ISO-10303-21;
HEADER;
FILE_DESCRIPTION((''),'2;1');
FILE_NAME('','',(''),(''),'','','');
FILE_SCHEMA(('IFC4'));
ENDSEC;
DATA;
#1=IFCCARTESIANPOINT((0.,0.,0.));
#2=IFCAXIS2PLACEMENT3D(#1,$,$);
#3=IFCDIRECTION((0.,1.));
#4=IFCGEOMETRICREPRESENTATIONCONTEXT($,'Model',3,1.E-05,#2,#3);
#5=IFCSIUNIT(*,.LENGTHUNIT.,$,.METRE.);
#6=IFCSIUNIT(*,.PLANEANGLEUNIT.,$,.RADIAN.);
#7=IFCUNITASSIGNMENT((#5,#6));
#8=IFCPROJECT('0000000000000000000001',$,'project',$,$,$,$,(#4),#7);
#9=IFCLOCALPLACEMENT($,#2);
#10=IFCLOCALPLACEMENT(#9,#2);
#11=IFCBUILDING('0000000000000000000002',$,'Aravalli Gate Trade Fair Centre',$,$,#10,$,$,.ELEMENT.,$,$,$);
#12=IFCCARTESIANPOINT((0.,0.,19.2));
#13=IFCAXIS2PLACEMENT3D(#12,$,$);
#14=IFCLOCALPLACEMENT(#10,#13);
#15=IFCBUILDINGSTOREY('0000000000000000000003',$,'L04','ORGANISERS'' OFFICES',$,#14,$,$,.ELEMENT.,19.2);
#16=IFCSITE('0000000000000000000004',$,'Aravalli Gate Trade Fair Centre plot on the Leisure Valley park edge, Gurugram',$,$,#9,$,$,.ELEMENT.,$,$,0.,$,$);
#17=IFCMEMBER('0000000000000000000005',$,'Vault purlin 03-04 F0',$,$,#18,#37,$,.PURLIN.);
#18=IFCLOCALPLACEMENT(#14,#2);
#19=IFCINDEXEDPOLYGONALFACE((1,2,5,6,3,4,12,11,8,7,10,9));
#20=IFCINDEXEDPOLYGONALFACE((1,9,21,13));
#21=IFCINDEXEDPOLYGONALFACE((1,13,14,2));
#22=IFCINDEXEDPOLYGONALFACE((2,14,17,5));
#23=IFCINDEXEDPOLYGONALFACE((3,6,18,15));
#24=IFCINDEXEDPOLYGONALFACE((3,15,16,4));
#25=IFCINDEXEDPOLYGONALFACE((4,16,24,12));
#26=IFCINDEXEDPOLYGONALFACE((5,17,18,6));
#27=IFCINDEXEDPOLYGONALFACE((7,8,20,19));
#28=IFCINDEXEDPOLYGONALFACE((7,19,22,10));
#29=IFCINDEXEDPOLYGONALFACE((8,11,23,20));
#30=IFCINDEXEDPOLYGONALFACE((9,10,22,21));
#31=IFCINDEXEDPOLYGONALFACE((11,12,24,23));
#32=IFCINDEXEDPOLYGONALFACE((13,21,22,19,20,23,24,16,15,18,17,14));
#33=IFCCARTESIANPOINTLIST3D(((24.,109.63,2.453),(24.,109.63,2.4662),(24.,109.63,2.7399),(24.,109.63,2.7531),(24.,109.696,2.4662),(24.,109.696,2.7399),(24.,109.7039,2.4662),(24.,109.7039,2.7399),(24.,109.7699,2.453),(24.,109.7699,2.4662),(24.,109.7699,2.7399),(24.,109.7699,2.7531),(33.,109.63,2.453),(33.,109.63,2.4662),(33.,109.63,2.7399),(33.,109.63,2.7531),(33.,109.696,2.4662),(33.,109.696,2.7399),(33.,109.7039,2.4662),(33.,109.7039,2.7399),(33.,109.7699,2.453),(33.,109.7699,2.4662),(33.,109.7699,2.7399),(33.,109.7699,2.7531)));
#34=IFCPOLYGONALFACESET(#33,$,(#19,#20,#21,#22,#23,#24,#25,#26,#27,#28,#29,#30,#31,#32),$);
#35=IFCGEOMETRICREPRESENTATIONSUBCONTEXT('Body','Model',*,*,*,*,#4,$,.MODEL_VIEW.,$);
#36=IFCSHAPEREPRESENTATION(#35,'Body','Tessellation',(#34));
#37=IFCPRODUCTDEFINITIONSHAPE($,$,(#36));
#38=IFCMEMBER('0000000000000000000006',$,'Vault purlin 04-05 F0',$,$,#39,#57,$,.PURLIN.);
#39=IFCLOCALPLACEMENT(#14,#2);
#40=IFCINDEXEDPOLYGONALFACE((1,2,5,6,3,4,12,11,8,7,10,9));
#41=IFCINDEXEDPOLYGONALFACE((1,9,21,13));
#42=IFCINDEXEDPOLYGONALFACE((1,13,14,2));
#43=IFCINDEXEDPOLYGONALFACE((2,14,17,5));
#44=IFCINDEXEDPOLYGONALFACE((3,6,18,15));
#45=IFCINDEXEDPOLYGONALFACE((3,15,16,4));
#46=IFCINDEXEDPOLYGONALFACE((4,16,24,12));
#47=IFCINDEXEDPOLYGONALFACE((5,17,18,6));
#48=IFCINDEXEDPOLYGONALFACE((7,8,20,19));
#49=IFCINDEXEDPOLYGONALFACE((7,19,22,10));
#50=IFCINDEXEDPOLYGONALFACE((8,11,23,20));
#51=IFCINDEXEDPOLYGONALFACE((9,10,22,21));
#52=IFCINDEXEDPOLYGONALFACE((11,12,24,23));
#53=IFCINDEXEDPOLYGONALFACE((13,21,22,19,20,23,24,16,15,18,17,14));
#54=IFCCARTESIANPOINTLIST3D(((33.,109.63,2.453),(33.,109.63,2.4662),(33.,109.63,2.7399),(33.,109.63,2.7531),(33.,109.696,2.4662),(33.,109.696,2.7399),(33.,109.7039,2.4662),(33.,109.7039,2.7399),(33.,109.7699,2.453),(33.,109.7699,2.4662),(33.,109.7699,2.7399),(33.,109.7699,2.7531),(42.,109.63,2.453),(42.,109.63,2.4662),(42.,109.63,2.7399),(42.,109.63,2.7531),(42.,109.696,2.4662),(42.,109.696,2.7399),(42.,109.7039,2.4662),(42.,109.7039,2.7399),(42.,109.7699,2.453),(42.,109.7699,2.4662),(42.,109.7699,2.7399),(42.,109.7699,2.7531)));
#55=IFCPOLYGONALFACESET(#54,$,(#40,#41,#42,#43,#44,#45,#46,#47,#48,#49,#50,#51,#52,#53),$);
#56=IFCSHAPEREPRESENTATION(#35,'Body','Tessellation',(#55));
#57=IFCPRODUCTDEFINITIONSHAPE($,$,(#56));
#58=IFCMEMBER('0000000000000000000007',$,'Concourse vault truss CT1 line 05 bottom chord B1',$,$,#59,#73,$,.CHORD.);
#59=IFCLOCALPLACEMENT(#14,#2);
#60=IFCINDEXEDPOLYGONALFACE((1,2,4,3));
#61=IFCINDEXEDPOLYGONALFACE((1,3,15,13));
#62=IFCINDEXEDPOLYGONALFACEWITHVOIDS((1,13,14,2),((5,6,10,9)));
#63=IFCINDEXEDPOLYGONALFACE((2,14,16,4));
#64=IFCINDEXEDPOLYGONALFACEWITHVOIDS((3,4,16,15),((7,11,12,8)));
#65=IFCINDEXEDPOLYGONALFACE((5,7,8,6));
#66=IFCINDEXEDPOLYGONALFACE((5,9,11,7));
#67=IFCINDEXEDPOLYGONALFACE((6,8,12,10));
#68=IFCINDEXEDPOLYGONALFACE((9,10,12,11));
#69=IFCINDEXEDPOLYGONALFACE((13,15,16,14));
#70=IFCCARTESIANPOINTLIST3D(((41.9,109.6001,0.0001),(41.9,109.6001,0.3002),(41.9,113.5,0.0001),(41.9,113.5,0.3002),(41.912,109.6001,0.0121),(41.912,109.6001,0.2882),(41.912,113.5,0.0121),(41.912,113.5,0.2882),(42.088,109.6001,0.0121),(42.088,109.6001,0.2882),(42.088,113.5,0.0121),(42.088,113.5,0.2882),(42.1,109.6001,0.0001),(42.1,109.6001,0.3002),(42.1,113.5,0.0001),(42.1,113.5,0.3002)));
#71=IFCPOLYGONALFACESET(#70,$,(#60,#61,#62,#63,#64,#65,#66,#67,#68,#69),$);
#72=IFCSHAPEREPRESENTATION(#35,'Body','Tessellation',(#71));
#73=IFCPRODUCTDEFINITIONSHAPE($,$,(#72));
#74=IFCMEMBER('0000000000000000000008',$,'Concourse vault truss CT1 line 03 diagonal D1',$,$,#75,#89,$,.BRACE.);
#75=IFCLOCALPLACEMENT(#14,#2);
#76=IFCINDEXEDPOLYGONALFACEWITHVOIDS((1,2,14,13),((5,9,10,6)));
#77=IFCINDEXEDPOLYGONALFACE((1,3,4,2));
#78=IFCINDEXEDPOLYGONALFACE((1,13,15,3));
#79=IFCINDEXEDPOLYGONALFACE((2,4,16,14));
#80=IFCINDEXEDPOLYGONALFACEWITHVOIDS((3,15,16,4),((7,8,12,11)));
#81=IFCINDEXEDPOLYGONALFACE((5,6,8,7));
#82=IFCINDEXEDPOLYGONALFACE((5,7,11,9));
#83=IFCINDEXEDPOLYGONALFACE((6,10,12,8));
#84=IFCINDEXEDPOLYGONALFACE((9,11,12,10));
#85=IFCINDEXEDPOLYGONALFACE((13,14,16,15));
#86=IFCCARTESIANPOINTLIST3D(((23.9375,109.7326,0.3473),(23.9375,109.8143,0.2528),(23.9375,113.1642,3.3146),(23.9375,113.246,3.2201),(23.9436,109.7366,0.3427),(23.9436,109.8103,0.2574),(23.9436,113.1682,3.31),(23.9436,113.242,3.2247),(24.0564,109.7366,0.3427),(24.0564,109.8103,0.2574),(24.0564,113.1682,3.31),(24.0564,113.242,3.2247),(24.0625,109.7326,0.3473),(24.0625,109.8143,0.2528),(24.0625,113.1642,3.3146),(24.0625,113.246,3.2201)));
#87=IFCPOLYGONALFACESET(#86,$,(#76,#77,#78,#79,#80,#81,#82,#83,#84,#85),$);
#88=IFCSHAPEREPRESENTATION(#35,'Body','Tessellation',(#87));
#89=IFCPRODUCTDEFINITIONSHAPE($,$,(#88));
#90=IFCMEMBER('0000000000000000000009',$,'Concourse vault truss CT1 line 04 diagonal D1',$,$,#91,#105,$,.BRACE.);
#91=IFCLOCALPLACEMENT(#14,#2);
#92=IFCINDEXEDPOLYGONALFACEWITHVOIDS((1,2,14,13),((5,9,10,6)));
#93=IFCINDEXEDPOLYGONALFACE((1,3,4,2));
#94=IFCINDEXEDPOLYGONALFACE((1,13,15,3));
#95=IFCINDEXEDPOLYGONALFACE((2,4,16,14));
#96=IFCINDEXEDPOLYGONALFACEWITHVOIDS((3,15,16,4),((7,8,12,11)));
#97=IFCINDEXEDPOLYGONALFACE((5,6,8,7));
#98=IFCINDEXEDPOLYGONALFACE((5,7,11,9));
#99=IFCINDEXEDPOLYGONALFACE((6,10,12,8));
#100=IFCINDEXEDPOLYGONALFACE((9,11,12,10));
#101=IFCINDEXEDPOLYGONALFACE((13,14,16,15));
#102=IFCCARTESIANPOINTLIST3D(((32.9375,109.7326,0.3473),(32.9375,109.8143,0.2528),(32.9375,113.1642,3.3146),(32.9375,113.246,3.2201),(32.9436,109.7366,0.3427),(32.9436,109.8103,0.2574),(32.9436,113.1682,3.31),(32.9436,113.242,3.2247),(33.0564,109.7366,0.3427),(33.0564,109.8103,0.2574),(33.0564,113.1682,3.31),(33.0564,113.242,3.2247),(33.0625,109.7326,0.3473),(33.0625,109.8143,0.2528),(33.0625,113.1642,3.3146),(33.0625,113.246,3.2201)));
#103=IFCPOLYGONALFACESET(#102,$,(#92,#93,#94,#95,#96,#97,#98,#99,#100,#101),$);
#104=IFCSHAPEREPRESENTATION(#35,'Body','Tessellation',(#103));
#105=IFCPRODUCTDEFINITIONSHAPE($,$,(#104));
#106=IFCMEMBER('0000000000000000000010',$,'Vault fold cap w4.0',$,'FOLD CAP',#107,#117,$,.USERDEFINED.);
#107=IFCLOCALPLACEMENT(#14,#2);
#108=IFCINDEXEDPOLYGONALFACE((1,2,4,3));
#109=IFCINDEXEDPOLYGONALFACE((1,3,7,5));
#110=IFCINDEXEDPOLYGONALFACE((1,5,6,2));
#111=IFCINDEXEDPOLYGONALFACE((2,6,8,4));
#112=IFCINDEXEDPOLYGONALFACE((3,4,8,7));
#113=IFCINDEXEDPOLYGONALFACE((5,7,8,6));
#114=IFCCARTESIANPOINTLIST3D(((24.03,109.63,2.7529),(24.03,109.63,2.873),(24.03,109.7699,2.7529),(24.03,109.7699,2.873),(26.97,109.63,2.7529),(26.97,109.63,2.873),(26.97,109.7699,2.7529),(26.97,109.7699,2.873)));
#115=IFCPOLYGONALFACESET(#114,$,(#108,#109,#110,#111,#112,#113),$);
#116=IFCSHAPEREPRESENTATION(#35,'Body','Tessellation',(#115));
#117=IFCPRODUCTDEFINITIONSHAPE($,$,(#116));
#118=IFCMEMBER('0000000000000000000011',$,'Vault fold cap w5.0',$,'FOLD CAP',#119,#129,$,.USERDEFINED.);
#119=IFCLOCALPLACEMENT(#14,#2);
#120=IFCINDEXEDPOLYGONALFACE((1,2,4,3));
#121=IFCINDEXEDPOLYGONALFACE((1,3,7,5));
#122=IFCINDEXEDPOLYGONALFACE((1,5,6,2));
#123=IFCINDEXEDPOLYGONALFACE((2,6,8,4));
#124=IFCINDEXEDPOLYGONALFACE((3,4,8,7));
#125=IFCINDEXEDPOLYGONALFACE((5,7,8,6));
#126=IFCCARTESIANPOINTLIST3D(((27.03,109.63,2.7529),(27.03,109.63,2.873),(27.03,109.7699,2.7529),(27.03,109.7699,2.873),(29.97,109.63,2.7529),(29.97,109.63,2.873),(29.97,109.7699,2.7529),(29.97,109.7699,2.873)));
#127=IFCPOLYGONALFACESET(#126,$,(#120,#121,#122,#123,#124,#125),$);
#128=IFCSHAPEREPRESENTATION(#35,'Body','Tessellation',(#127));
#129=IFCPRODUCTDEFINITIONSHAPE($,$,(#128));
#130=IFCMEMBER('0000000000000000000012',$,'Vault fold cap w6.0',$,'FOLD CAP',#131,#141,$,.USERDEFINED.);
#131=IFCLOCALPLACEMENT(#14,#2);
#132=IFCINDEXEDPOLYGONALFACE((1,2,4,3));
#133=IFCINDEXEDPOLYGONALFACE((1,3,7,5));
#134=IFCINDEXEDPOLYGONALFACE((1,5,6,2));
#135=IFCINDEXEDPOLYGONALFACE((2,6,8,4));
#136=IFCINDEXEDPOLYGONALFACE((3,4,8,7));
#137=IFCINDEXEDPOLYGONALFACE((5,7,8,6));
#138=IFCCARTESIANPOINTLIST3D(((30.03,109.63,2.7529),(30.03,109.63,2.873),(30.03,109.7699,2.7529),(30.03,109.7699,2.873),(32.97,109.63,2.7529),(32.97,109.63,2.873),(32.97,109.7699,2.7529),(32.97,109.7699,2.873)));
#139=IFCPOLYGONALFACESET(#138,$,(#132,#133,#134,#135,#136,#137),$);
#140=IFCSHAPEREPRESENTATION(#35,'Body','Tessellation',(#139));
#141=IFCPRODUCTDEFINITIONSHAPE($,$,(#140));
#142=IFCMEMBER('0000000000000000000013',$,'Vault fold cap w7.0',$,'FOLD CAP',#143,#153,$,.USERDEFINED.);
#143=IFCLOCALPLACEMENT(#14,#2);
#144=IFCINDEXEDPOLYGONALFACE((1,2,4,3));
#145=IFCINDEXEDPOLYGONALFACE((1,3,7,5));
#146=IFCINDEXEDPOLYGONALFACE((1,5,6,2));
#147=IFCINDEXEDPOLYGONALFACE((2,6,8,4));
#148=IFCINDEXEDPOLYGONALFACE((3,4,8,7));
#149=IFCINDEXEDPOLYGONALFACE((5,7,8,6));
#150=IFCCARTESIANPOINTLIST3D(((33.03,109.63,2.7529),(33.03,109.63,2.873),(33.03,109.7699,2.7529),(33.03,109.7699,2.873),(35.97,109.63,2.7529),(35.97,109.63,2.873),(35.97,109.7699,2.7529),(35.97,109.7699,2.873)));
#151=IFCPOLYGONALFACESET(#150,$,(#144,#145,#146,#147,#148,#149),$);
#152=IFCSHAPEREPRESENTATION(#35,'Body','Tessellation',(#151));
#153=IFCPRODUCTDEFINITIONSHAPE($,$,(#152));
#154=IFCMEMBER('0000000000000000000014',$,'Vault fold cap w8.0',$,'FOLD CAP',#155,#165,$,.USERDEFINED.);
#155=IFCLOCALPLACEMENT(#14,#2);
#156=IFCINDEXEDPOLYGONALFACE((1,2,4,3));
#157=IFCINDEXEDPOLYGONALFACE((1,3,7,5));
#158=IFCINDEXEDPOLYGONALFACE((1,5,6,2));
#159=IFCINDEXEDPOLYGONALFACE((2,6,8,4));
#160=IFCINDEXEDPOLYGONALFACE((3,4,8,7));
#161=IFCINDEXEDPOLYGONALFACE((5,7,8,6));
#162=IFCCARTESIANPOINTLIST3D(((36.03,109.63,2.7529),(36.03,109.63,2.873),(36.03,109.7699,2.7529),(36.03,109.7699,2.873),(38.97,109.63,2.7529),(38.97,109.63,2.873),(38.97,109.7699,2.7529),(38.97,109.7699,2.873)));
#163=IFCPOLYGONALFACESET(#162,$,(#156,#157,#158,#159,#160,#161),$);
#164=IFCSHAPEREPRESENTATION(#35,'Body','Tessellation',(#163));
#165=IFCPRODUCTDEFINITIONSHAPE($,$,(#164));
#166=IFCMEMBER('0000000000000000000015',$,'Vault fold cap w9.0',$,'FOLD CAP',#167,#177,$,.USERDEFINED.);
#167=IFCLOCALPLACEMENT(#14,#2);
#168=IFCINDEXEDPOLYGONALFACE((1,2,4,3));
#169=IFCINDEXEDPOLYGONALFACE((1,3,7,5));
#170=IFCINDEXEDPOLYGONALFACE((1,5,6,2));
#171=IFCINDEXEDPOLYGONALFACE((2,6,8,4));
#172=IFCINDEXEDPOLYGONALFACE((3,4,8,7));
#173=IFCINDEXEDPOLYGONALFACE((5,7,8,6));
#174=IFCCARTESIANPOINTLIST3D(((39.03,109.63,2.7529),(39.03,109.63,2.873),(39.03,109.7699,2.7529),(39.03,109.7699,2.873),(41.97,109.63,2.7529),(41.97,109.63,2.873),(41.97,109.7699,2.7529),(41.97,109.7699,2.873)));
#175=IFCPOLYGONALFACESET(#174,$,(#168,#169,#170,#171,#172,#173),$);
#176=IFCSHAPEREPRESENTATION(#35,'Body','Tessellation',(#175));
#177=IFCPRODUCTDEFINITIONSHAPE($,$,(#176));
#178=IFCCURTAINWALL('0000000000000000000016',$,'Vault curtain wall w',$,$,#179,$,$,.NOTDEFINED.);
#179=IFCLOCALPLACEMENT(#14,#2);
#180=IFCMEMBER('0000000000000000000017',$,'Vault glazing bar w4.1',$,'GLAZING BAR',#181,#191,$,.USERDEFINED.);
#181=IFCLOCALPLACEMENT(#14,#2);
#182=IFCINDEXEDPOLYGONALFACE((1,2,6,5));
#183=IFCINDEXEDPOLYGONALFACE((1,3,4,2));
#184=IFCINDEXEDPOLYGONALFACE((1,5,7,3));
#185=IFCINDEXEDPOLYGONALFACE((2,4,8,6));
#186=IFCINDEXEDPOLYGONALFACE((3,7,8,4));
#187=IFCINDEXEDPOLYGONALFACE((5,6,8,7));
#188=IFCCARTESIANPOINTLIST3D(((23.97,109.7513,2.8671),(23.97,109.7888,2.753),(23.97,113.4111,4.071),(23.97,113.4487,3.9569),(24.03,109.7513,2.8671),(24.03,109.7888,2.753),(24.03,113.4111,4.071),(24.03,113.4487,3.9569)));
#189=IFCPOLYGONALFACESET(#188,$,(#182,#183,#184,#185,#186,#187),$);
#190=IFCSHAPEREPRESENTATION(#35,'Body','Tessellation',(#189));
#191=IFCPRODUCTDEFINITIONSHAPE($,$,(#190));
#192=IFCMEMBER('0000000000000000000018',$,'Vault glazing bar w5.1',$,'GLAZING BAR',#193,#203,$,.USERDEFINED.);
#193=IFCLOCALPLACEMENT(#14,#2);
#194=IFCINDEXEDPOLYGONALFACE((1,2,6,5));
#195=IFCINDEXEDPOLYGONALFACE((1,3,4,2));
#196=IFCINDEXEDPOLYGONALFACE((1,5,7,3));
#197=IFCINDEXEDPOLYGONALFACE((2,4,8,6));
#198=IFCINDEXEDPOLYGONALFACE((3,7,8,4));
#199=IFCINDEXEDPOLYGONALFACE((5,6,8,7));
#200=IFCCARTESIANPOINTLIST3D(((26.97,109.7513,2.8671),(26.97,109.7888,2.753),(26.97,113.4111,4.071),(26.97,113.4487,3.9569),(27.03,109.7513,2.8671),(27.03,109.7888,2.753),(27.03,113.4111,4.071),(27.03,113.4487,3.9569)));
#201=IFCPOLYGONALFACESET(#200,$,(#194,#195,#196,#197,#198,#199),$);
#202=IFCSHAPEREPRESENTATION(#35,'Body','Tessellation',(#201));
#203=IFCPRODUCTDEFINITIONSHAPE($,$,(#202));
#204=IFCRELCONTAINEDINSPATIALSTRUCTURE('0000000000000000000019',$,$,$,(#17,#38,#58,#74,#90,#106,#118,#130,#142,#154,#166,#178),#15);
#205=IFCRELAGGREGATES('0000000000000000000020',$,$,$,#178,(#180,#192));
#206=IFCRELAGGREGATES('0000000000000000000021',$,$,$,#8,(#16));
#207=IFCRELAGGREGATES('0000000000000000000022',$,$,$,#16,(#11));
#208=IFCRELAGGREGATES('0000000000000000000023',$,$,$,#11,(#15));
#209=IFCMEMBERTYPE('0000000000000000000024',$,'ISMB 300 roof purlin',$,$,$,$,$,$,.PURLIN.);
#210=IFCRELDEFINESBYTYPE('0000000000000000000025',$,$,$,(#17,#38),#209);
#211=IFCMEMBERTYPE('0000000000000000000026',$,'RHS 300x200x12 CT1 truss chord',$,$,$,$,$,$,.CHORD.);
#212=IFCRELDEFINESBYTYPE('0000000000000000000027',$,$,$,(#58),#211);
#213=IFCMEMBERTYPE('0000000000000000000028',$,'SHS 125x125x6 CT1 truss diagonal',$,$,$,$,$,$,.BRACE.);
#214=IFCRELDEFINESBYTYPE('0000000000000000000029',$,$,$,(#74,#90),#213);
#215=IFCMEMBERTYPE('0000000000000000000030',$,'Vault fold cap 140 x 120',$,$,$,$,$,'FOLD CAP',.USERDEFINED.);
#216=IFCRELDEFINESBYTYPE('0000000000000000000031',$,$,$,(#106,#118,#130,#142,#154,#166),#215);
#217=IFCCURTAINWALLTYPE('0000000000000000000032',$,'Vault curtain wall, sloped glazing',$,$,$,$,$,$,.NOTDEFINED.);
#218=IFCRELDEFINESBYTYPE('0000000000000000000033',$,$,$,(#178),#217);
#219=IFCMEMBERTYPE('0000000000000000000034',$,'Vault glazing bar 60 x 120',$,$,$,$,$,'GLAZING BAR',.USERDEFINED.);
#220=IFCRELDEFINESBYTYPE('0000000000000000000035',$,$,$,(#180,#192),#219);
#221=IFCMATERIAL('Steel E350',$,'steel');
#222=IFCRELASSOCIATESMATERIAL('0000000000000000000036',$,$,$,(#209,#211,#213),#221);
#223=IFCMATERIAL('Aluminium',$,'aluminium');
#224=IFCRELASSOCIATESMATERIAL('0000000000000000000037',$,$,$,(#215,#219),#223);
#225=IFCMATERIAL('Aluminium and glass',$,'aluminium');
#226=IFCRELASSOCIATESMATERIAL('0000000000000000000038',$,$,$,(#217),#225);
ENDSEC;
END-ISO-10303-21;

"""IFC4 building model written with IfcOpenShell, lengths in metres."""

from ifc_helpers import new_model, si_unit, direction, frame, origin, origin_2d, place, context, subcontext, project, spatial, rectangle, hollow_rectangle, i_section, extrude, material, material_profile, profile_set, type_object, element, aggregate, save


model = new_model("IFC4")

# Units and contexts
model_context = context("Model", 3, precision=1e-05, world=origin(), true_north=direction((0.0, 1.0)))
body_context = subcontext(model_context, "Body", "Model", "MODEL_VIEW")
ifc_project = project(units=[si_unit("LENGTHUNIT", "METRE"), si_unit("PLANEANGLEUNIT", "RADIAN")], contexts=[model_context])

# Site, building, storey
site_placement = place(None, origin())
site = spatial("IfcSite", under=ifc_project, at=site_placement, Name="Aravalli Gate Trade Fair Centre plot on the Leisure Valley park edge, Gurugram", CompositionType="ELEMENT", RefElevation=0.0)
building_placement = place(site_placement, origin())
building = spatial("IfcBuilding", under=site, at=building_placement, Name="Aravalli Gate Trade Fair Centre", CompositionType="ELEMENT")
storey_placement = place(building_placement, frame((0.0, 0.0, 19.2)))
storey = spatial("IfcBuildingStorey", under=building, at=storey_placement, Name="L04", Description="ORGANISERS' OFFICES", CompositionType="ELEMENT", Elevation=19.2)

# Members
ifc_material_1 = material(Name="Steel E350", Category="steel")
ifc_material_profile_1 = material_profile(ifc_material_1, i_section(OverallWidth=0.1399, OverallDepth=0.3, WebThickness=0.0078, FlangeThickness=0.0132, at=origin_2d()), Name="ISMB 300")
ifc_profile_set_1 = profile_set([ifc_material_profile_1], Name="Steel E350")
member_type_1 = type_object("IfcMemberType", Name="ISMB 300 roof purlin", PredefinedType="PURLIN", material=ifc_profile_set_1)
for number, where, z_axis, x_axis, name in (
    (1, (24.0, 109.7, 2.603), (1.0, 0.0, 0.0), (0.0, 1.0, 0.0), "Vault purlin 03-04 F0"),
    (2, (33.0, 109.7, 2.603), (1.0, 0.0, 0.0), (0.0, 1.0, 0.0), "Vault purlin 04-05 F0"),
):
    element("IfcMember", number, at=place(storey_placement, frame(where, z_axis=z_axis, x_axis=x_axis)), inside=storey, type_object=member_type_1, Name=name, PredefinedType="PURLIN", context=body_context, shape_type="SweptSolid", body=[
        extrude(i_section(OverallWidth=0.1399, OverallDepth=0.3, WebThickness=0.0078, FlangeThickness=0.0132, at=origin_2d()), origin(), (0.0, 0.0, 1.0), 9.0),
    ])
ifc_material_profile_2 = material_profile(ifc_material_1, hollow_rectangle(XDim=0.2, YDim=0.3, WallThickness=0.012, at=origin_2d()), Name="RHS 300x200x12")
ifc_profile_set_2 = profile_set([ifc_material_profile_2], Name="Steel E350")
member_type_2 = type_object("IfcMemberType", Name="RHS 300x200x12 CT1 truss chord", PredefinedType="CHORD", material=ifc_profile_set_2)
member_1_placement = place(storey_placement, frame((42.0, 109.6001, 0.1501), z_axis=(0.0, 1.0, 0.0), x_axis=(-1.0, 0.0, 0.0)))
element("IfcMember", 3, at=member_1_placement, inside=storey, type_object=member_type_2, Name="Concourse vault truss CT1 line 05 bottom chord B1", PredefinedType="CHORD", context=body_context, shape_type="SweptSolid", body=[
    extrude(hollow_rectangle(XDim=0.2, YDim=0.3, WallThickness=0.012, at=origin_2d()), origin(), (0.0, 0.0, 1.0), 3.8999),
])
ifc_material_profile_3 = material_profile(ifc_material_1, hollow_rectangle(XDim=0.125, YDim=0.125, WallThickness=0.0061, at=origin_2d()), Name="SHS 125x125x6")
ifc_profile_set_3 = profile_set([ifc_material_profile_3], Name="Steel E350")
member_type_3 = type_object("IfcMemberType", Name="SHS 125x125x6 CT1 truss diagonal", PredefinedType="BRACE", material=ifc_profile_set_3)
for number, where, z_axis, x_axis, name in (
    (4, (24.0, 109.7734, 0.3), (0.0, 0.756431, 0.654074), (-1.0, 0.0, 0.0), "Concourse vault truss CT1 line 03 diagonal D1"),
    (5, (33.0, 109.7734, 0.3), (0.0, 0.756431, 0.654074), (-1.0, 0.0, 0.0), "Concourse vault truss CT1 line 04 diagonal D1"),
):
    element("IfcMember", number, at=place(storey_placement, frame(where, z_axis=z_axis, x_axis=x_axis)), inside=storey, type_object=member_type_3, Name=name, PredefinedType="BRACE", context=body_context, shape_type="SweptSolid", body=[
        extrude(hollow_rectangle(XDim=0.125, YDim=0.125, WallThickness=0.0061, at=origin_2d()), origin(), (0.0, 0.0, 1.0), 4.5366),
    ])
ifc_material_2 = material(Name="Aluminium", Category="aluminium")
ifc_material_profile_4 = material_profile(ifc_material_2, rectangle(XDim=0.1399, YDim=0.1201, at=origin_2d()), Name="Vault fold cap 140 x 120")
ifc_profile_set_4 = profile_set([ifc_material_profile_4], Name="Aluminium")
member_type_4 = type_object("IfcMemberType", Name="Vault fold cap 140 x 120", ElementType="FOLD CAP", PredefinedType="USERDEFINED", material=ifc_profile_set_4)
for number, where, z_axis, x_axis, name in (
    (6, (24.03, 109.7, 2.813), (1.0, 0.0, 0.0), (0.0, 1.0, 0.0), "Vault fold cap w4.0"),
    (7, (27.03, 109.7, 2.813), (1.0, 0.0, 0.0), (0.0, 1.0, 0.0), "Vault fold cap w5.0"),
    (8, (30.03, 109.7, 2.813), (1.0, 0.0, 0.0), (0.0, 1.0, 0.0), "Vault fold cap w6.0"),
    (9, (33.03, 109.7, 2.813), (1.0, 0.0, 0.0), (0.0, 1.0, 0.0), "Vault fold cap w7.0"),
    (10, (36.03, 109.7, 2.813), (1.0, 0.0, 0.0), (0.0, 1.0, 0.0), "Vault fold cap w8.0"),
    (11, (39.03, 109.7, 2.813), (1.0, 0.0, 0.0), (0.0, 1.0, 0.0), "Vault fold cap w9.0"),
):
    element("IfcMember", number, at=place(storey_placement, frame(where, z_axis=z_axis, x_axis=x_axis)), inside=storey, type_object=member_type_4, Name=name, ObjectType="FOLD CAP", PredefinedType="USERDEFINED", context=body_context, shape_type="SweptSolid", body=[
        extrude(rectangle(XDim=0.1399, YDim=0.1201, at=origin_2d()), origin(), (0.0, 0.0, 1.0), 2.9399),
    ])

# Curtain wall, members
ifc_material_3 = material(Name="Aluminium and glass", Category="aluminium")
curtain_wall_type = type_object("IfcCurtainWallType", Name="Vault curtain wall, sloped glazing", PredefinedType="NOTDEFINED", material=ifc_material_3)
curtain_wall_placement = place(storey_placement, origin())
curtain_wall = element("IfcCurtainWall", 12, at=curtain_wall_placement, inside=storey, type_object=curtain_wall_type, Name="Vault curtain wall w", PredefinedType="NOTDEFINED")
ifc_material_profile_5 = material_profile(ifc_material_2, rectangle(XDim=0.0601, YDim=0.1201, at=origin_2d()), Name="Vault glazing bar 60 x 120")
ifc_profile_set_5 = profile_set([ifc_material_profile_5], Name="Aluminium")
member_type_5 = type_object("IfcMemberType", Name="Vault glazing bar 60 x 120", ElementType="GLAZING BAR", PredefinedType="USERDEFINED", material=ifc_profile_set_5)
member_2_placement = place(storey_placement, frame((24.0, 109.77, 2.8101), z_axis=(0.0, 0.94993, 0.312461), x_axis=(-1.0, 0.0, 0.0)))
member_2 = element("IfcMember", 13, at=member_2_placement, type_object=member_type_5, Name="Vault glazing bar w4.1", ObjectType="GLAZING BAR", PredefinedType="USERDEFINED", context=body_context, shape_type="SweptSolid", body=[
    extrude(rectangle(XDim=0.0601, YDim=0.1201, at=origin_2d()), origin(), (0.0, 0.0, 1.0), 3.8528),
])
member_3_placement = place(storey_placement, frame((27.0, 109.77, 2.8101), z_axis=(0.0, 0.94993, 0.312461), x_axis=(-1.0, 0.0, 0.0)))
member_3 = element("IfcMember", 14, at=member_3_placement, type_object=member_type_5, Name="Vault glazing bar w5.1", ObjectType="GLAZING BAR", PredefinedType="USERDEFINED", context=body_context, shape_type="SweptSolid", body=[
    extrude(rectangle(XDim=0.0601, YDim=0.1201, at=origin_2d()), origin(), (0.0, 0.0, 1.0), 3.8528),
])
aggregate(curtain_wall, [member_2, member_3])

save(model, "model.ifc")
